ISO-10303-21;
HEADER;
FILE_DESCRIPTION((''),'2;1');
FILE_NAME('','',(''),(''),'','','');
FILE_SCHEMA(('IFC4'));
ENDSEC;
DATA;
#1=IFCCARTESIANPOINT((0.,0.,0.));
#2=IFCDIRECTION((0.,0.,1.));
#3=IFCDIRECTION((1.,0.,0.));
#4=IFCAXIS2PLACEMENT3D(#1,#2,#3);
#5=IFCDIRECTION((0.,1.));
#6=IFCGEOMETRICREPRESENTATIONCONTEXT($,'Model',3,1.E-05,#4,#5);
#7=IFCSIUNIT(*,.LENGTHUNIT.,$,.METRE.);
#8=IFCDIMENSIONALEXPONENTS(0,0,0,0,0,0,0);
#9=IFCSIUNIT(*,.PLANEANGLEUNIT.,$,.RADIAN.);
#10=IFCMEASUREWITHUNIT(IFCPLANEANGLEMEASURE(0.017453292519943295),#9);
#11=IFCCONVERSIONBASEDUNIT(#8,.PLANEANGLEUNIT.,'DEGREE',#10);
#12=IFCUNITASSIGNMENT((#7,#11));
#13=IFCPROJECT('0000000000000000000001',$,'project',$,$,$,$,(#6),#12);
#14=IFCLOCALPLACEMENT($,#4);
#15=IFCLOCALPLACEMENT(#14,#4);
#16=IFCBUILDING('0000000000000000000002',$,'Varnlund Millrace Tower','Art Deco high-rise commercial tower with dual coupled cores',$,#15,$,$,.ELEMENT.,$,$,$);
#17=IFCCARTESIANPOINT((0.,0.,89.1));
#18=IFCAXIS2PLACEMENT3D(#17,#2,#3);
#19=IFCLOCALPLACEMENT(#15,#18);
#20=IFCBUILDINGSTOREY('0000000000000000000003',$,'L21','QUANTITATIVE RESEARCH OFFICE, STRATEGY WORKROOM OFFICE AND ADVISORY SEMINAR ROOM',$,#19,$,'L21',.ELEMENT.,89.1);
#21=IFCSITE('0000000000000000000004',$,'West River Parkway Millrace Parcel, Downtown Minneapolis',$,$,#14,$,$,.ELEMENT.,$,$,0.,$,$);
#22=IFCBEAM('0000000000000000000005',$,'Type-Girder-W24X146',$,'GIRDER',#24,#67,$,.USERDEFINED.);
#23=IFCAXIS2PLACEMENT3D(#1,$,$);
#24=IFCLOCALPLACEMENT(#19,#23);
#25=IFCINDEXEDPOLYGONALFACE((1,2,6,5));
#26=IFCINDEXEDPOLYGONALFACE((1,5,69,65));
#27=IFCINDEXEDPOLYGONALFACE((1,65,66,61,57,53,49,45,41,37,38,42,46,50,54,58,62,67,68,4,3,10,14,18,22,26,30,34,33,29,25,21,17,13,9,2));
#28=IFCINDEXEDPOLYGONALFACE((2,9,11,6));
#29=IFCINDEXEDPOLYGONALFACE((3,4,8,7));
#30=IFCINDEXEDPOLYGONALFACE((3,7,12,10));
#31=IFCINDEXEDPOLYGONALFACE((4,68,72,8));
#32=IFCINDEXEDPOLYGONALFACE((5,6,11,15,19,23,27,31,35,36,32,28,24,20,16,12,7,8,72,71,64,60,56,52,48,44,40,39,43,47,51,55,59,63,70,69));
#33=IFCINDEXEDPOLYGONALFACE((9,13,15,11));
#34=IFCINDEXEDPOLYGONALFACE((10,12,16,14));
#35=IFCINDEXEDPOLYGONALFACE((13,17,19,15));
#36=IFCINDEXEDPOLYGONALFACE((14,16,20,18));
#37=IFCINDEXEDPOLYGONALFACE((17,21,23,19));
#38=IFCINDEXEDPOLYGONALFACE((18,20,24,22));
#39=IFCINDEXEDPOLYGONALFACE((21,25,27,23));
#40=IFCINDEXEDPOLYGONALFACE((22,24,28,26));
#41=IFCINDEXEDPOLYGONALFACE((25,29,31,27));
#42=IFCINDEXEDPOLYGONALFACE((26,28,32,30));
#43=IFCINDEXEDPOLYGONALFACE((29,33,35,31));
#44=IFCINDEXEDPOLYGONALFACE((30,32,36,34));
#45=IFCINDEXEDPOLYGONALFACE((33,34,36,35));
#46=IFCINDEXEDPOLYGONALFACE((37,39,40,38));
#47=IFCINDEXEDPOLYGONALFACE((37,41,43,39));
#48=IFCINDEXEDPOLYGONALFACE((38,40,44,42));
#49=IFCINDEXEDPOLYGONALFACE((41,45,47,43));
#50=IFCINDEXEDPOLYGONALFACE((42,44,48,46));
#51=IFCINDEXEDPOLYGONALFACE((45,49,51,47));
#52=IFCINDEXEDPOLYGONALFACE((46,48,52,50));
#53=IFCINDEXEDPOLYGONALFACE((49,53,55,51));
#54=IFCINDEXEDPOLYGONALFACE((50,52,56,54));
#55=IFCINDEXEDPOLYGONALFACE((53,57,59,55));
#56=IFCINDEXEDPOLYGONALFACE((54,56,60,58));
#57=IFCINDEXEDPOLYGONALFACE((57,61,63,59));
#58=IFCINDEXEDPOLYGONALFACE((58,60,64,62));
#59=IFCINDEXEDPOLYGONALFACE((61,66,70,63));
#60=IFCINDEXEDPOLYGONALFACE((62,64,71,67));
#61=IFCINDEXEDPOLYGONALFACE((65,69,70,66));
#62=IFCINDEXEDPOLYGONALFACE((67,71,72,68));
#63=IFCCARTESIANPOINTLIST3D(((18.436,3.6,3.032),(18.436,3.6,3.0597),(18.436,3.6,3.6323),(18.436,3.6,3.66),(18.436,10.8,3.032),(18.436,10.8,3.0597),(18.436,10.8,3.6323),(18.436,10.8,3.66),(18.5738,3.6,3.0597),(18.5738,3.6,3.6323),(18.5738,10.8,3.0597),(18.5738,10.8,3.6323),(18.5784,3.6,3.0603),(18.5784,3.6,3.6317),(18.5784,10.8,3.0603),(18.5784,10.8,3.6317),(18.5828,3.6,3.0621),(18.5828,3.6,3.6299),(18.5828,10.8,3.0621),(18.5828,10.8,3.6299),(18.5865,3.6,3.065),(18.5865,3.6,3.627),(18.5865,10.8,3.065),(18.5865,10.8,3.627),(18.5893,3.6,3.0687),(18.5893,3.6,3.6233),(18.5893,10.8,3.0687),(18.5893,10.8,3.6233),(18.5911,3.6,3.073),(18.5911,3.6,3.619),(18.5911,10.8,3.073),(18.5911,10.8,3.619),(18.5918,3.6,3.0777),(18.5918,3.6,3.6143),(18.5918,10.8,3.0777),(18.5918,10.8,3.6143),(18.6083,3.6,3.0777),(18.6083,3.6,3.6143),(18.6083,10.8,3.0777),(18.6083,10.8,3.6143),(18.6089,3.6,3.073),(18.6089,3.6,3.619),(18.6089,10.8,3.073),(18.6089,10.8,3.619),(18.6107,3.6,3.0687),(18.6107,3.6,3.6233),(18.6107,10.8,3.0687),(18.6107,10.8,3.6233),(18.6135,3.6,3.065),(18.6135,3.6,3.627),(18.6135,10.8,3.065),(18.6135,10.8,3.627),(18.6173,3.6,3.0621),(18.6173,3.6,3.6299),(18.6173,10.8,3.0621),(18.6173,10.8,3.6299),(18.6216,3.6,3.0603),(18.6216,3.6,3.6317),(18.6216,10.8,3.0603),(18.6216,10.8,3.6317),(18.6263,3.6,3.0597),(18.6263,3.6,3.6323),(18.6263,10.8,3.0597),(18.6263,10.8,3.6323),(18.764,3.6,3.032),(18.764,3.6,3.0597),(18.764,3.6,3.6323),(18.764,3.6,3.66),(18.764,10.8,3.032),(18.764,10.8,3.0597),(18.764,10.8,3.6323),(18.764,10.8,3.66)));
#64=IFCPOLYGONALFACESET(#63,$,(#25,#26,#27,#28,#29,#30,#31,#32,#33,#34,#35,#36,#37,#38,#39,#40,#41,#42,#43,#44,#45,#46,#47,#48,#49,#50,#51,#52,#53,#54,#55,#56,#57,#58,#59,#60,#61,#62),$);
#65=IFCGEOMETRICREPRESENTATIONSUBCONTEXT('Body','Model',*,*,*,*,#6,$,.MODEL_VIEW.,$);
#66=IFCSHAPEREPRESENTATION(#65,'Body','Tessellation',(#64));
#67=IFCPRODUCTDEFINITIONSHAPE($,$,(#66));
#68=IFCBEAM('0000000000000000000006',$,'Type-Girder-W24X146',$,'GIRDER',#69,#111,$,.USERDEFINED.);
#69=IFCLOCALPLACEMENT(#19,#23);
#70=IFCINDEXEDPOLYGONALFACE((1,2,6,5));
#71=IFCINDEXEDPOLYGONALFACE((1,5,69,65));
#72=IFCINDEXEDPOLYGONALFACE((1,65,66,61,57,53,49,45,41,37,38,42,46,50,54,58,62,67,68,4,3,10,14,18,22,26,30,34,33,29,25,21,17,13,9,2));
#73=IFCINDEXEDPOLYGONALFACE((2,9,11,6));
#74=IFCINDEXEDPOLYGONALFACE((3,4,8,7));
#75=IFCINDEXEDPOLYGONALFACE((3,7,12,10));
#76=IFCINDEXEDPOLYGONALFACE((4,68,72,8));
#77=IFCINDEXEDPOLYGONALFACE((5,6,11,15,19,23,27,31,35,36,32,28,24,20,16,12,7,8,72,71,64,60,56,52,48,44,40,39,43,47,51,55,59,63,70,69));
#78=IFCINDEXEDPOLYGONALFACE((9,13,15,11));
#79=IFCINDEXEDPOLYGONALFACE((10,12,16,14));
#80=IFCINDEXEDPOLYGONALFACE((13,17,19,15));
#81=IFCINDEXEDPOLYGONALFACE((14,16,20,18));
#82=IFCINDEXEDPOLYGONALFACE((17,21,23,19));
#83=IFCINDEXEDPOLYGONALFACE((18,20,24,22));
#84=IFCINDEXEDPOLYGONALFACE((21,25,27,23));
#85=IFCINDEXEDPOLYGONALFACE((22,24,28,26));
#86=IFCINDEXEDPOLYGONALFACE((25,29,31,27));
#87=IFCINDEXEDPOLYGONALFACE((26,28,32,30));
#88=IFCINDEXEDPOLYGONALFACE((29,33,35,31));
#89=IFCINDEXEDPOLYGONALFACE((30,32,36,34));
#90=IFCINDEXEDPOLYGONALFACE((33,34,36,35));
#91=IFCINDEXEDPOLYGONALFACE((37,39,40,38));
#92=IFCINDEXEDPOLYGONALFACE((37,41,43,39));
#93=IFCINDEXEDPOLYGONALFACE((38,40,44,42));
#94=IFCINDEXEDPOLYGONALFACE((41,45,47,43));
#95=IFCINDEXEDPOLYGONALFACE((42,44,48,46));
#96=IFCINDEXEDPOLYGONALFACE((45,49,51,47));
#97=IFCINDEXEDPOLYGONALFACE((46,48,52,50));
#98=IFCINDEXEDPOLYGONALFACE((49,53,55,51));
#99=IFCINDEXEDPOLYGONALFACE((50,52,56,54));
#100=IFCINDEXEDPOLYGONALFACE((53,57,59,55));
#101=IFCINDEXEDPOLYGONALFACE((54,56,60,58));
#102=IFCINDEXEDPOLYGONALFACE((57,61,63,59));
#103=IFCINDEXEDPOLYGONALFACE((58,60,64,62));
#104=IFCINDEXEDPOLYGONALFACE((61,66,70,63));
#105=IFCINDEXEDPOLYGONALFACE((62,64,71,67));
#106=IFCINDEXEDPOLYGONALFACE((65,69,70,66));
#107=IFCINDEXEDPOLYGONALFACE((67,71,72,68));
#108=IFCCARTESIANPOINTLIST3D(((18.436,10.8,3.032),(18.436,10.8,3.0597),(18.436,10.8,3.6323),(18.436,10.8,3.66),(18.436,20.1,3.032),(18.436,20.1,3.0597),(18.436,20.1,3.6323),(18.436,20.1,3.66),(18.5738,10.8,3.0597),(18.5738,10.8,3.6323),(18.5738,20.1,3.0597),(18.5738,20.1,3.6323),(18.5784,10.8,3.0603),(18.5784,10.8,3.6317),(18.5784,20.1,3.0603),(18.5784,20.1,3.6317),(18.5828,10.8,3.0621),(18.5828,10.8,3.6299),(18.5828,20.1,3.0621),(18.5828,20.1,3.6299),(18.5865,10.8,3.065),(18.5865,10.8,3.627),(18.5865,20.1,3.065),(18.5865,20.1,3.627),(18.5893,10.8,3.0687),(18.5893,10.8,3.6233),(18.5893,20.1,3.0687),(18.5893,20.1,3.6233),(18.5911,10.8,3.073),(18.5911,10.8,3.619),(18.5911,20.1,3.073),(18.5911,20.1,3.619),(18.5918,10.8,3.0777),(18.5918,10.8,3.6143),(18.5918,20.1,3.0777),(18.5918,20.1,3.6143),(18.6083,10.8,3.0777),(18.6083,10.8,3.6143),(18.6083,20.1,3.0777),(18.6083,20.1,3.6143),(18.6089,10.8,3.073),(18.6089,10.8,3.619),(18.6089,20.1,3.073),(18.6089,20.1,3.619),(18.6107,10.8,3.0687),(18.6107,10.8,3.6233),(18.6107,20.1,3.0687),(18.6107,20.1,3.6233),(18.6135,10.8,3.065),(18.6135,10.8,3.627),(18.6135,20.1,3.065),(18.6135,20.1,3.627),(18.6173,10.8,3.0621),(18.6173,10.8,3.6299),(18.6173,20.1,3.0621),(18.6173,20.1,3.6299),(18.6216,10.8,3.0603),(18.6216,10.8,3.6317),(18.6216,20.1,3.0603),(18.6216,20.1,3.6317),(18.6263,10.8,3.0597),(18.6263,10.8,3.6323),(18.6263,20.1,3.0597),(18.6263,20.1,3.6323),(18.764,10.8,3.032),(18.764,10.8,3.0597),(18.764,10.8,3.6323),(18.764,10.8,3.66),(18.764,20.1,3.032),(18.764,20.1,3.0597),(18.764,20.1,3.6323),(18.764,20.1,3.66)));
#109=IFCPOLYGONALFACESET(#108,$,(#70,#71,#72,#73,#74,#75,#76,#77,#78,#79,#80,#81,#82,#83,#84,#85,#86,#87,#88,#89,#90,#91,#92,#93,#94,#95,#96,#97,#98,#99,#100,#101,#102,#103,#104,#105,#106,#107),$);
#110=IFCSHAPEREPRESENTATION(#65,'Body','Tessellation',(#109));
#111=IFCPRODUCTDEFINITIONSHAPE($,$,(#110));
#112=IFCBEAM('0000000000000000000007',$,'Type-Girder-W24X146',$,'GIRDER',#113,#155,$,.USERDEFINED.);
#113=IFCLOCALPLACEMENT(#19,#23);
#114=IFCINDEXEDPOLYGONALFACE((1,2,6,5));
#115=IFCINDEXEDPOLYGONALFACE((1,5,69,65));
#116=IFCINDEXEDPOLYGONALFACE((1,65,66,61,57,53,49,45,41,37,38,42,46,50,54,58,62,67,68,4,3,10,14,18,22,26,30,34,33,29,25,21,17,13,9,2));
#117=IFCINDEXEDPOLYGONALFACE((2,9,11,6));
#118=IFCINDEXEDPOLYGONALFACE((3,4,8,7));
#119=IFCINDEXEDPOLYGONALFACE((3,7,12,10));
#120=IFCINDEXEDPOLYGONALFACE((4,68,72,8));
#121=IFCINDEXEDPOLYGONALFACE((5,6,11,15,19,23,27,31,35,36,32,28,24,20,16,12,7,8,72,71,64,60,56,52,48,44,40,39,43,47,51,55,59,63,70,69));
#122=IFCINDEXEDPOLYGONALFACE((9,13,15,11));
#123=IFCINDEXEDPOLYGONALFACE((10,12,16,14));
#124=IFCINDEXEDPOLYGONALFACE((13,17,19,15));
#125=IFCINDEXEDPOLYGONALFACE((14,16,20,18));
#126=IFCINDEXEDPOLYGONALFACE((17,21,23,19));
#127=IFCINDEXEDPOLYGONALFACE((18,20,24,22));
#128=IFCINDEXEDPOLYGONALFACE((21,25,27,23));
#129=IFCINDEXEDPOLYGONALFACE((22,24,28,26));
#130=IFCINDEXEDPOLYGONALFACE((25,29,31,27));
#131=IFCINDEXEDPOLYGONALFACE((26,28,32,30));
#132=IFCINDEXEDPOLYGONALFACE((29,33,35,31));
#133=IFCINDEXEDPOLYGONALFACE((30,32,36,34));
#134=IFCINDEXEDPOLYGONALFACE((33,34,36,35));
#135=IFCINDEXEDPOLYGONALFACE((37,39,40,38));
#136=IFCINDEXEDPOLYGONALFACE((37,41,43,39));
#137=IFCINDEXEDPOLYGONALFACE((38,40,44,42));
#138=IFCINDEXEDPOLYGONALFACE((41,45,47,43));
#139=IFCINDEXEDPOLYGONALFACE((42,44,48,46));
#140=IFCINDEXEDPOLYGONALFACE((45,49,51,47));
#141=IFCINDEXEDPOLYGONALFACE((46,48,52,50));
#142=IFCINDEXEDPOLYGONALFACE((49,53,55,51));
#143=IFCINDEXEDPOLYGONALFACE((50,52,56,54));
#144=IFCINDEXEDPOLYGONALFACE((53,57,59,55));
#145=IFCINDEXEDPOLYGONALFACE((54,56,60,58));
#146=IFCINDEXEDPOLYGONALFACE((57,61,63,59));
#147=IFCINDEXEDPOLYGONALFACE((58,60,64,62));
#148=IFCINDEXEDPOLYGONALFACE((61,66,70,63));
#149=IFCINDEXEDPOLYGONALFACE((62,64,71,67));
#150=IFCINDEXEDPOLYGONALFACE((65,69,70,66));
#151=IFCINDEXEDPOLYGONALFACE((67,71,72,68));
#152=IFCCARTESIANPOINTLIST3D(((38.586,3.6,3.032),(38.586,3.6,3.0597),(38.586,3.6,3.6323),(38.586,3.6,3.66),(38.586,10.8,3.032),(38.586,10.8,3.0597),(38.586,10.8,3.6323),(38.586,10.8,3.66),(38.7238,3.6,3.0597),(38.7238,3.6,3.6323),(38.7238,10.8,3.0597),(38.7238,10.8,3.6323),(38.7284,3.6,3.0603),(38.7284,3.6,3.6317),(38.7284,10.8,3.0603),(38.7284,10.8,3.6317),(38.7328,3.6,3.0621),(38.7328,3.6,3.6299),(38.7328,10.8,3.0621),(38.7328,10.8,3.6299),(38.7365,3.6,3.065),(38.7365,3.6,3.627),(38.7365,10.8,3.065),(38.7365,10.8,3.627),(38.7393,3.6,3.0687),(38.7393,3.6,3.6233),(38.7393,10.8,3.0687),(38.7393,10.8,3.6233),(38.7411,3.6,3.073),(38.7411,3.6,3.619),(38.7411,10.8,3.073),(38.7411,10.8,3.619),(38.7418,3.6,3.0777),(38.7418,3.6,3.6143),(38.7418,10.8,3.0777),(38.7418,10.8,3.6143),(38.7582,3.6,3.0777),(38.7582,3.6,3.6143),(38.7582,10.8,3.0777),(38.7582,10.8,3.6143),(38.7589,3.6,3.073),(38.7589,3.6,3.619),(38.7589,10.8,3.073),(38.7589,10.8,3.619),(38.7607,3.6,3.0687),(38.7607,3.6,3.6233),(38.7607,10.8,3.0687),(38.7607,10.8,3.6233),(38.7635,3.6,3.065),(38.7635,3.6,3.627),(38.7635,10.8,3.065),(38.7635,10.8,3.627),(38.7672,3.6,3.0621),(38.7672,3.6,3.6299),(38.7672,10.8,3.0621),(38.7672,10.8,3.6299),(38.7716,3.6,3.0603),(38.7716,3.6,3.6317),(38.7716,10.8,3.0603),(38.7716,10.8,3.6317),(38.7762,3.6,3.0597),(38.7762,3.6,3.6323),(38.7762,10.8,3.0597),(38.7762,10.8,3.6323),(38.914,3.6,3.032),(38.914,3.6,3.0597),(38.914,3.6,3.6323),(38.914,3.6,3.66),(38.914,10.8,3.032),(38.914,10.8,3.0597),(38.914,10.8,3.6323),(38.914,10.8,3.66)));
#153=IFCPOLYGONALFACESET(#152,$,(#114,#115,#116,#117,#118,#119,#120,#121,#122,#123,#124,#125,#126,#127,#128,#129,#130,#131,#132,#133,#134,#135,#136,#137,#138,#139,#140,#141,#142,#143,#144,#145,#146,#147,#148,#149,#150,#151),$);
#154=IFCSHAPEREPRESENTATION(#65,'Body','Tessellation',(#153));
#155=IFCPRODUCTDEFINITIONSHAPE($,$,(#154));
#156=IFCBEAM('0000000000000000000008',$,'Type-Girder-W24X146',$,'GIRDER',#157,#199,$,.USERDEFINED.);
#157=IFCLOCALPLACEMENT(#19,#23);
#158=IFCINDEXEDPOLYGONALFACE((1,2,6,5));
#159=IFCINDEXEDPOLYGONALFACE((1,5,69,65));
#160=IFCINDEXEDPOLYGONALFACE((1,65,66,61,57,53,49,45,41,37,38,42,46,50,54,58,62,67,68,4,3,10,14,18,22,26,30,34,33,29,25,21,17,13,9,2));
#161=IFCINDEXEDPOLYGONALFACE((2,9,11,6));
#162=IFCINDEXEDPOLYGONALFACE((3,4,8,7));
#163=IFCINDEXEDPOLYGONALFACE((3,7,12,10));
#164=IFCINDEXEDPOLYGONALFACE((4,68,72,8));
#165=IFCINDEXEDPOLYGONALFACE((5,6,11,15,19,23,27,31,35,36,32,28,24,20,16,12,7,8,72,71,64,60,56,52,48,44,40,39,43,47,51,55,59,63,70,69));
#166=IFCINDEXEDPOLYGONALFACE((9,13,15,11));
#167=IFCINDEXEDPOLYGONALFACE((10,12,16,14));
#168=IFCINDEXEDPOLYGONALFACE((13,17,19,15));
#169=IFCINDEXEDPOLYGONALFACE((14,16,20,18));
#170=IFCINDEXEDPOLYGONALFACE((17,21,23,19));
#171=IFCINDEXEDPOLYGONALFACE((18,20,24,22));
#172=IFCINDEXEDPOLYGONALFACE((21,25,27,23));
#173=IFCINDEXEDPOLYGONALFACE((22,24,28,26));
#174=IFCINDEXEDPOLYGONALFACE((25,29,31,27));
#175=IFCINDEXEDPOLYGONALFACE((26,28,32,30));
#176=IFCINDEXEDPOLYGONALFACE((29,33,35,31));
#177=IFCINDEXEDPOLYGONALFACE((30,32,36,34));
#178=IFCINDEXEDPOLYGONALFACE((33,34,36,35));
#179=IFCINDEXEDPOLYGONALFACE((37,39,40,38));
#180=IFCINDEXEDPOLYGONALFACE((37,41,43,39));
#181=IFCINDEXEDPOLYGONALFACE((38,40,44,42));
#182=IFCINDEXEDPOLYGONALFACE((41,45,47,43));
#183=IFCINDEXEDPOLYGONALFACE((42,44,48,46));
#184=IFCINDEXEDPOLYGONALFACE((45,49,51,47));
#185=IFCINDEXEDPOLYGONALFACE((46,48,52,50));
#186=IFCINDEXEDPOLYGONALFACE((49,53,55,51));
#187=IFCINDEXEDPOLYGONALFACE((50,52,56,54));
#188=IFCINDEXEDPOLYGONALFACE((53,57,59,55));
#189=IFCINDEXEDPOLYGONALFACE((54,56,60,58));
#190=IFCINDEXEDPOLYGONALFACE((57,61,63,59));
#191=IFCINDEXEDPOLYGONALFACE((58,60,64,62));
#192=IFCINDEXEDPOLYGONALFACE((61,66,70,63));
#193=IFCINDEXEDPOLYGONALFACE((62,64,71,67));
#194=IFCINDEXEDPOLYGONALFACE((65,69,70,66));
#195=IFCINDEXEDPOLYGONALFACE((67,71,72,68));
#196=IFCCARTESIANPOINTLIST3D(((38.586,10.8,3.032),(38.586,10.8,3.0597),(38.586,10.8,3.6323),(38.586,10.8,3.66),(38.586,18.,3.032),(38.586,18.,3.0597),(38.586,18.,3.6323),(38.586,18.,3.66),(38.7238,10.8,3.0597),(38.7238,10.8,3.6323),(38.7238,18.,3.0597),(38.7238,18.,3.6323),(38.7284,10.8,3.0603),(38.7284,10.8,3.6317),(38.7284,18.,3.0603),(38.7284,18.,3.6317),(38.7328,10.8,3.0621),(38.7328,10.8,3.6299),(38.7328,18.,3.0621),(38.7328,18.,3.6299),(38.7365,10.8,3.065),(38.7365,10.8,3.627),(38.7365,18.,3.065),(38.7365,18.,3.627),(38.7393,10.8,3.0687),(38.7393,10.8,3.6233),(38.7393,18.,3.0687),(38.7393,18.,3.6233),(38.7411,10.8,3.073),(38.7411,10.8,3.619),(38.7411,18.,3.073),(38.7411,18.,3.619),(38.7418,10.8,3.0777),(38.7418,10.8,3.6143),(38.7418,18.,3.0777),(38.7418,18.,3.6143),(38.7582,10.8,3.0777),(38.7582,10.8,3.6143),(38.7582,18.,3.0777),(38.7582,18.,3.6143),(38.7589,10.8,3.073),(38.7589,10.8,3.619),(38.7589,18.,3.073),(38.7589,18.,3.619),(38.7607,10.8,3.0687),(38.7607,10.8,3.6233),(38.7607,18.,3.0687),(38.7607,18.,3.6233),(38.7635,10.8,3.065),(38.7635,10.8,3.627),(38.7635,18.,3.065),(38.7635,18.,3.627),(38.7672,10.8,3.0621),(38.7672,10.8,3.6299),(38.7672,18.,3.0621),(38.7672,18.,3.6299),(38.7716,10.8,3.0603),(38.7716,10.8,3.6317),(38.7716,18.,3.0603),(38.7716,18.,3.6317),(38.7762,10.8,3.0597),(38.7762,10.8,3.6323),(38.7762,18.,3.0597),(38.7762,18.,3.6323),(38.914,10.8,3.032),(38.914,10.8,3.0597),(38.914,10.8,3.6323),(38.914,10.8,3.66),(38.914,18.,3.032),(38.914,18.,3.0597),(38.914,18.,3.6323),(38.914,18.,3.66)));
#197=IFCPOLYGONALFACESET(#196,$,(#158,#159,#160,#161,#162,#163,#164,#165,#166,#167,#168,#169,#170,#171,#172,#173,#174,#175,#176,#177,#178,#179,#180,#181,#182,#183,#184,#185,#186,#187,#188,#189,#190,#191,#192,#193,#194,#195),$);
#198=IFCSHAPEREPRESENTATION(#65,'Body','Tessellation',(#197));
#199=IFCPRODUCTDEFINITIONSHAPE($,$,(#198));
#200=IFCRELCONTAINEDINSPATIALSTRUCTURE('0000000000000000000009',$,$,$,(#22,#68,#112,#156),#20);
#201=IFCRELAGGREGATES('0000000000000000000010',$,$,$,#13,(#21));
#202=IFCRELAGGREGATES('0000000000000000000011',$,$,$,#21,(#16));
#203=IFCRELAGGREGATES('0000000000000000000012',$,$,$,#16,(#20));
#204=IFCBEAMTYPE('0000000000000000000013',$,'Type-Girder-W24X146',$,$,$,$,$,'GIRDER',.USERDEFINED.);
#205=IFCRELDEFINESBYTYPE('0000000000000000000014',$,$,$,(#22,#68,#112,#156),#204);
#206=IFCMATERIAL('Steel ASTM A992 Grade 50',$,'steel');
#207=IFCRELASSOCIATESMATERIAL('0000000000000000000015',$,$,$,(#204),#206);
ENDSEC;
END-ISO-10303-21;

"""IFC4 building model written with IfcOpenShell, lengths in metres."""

from ifc_helpers import new_model, entity, si_unit, converted_unit, direction, frame, origin_with_axes, origin_2d_with_axis, place, context, subcontext, project, spatial, i_section, extrude, material, material_profile, profile_set, type_object, element, save


model = new_model("IFC4")

# Units and contexts
model_context = context("Model", 3, precision=1e-05, world=origin_with_axes(), true_north=direction((0.0, 1.0)))
body_context = subcontext(model_context, "Body", "Model", "MODEL_VIEW")
ifc_project = project(units=[si_unit("LENGTHUNIT", "METRE"), converted_unit("PLANEANGLEUNIT", "DEGREE", entity("IfcPlaneAngleMeasure", 0.017453292519943295), si_unit("PLANEANGLEUNIT", "RADIAN"), dimensions=[0, 0, 0, 0, 0, 0, 0])], contexts=[model_context])

# Site, building, storey
site_placement = place(None, origin_with_axes())
site = spatial("IfcSite", under=ifc_project, at=site_placement, Name="West River Parkway Millrace Parcel, Downtown Minneapolis", CompositionType="ELEMENT", RefElevation=0.0)
building_placement = place(site_placement, origin_with_axes())
building = spatial("IfcBuilding", under=site, at=building_placement, Name="Varnlund Millrace Tower", Description="Art Deco high-rise commercial tower with dual coupled cores", CompositionType="ELEMENT")
storey_placement = place(building_placement, frame((0.0, 0.0, 89.1), z_axis=(0.0, 0.0, 1.0), x_axis=(1.0, 0.0, 0.0)))
storey = spatial("IfcBuildingStorey", under=building, at=storey_placement, Name="L21", Description="QUANTITATIVE RESEARCH OFFICE, STRATEGY WORKROOM OFFICE AND ADVISORY SEMINAR ROOM", LongName="L21", CompositionType="ELEMENT", Elevation=89.1)

# Beams
ifc_material_1 = material(Name="Steel ASTM A992 Grade 50", Category="steel")
ifc_material_profile_1 = material_profile(ifc_material_1, i_section(OverallWidth=0.328, OverallDepth=0.628, WebThickness=0.0165, FlangeThickness=0.0277, FilletRadius=0.018, at=origin_2d_with_axis()), Name="Steel ASTM A992 Grade 50")
ifc_profile_set_1 = profile_set([ifc_material_profile_1], Name="Steel ASTM A992 Grade 50")
beam_type_1 = type_object("IfcBeamType", Name="Type-Girder-W24X146", ElementType="GIRDER", PredefinedType="USERDEFINED", material=ifc_profile_set_1)
beam_1_placement = place(storey_placement, frame((18.6, 3.6, 3.346), z_axis=(0.0, 1.0, 0.0), x_axis=(-1.0, 0.0, 0.0)))
element("IfcBeam", 1, at=beam_1_placement, inside=storey, type_object=beam_type_1, Name="Type-Girder-W24X146", ObjectType="GIRDER", PredefinedType="USERDEFINED", context=body_context, shape_type="SweptSolid", body=[
    extrude(i_section(OverallWidth=0.328, OverallDepth=0.628, WebThickness=0.0165, FlangeThickness=0.0277, FilletRadius=0.018, at=origin_2d_with_axis()), origin_with_axes(), (0.0, 0.0, 1.0), 7.2),
])
beam_2_placement = place(storey_placement, frame((18.6, 10.8, 3.346), z_axis=(0.0, 1.0, 0.0), x_axis=(-1.0, 0.0, 0.0)))
element("IfcBeam", 2, at=beam_2_placement, inside=storey, type_object=beam_type_1, Name="Type-Girder-W24X146", ObjectType="GIRDER", PredefinedType="USERDEFINED", context=body_context, shape_type="SweptSolid", body=[
    extrude(i_section(OverallWidth=0.328, OverallDepth=0.628, WebThickness=0.0165, FlangeThickness=0.0277, FilletRadius=0.018, at=origin_2d_with_axis()), origin_with_axes(), (0.0, 0.0, 1.0), 9.3),
])
for number, where, z_axis, x_axis, name in (
    (3, (38.75, 3.6, 3.346), (0.0, 1.0, 0.0), (-1.0, 0.0, 0.0), "Type-Girder-W24X146"),
    (4, (38.75, 10.8, 3.346), (0.0, 1.0, 0.0), (-1.0, 0.0, 0.0), "Type-Girder-W24X146"),
):
    element("IfcBeam", number, at=place(storey_placement, frame(where, z_axis=z_axis, x_axis=x_axis)), inside=storey, type_object=beam_type_1, Name=name, ObjectType="GIRDER", PredefinedType="USERDEFINED", context=body_context, shape_type="SweptSolid", body=[
        extrude(i_section(OverallWidth=0.328, OverallDepth=0.628, WebThickness=0.0165, FlangeThickness=0.0277, FilletRadius=0.018, at=origin_2d_with_axis()), origin_with_axes(), (0.0, 0.0, 1.0), 7.2),
    ])

save(model, "model.ifc")
